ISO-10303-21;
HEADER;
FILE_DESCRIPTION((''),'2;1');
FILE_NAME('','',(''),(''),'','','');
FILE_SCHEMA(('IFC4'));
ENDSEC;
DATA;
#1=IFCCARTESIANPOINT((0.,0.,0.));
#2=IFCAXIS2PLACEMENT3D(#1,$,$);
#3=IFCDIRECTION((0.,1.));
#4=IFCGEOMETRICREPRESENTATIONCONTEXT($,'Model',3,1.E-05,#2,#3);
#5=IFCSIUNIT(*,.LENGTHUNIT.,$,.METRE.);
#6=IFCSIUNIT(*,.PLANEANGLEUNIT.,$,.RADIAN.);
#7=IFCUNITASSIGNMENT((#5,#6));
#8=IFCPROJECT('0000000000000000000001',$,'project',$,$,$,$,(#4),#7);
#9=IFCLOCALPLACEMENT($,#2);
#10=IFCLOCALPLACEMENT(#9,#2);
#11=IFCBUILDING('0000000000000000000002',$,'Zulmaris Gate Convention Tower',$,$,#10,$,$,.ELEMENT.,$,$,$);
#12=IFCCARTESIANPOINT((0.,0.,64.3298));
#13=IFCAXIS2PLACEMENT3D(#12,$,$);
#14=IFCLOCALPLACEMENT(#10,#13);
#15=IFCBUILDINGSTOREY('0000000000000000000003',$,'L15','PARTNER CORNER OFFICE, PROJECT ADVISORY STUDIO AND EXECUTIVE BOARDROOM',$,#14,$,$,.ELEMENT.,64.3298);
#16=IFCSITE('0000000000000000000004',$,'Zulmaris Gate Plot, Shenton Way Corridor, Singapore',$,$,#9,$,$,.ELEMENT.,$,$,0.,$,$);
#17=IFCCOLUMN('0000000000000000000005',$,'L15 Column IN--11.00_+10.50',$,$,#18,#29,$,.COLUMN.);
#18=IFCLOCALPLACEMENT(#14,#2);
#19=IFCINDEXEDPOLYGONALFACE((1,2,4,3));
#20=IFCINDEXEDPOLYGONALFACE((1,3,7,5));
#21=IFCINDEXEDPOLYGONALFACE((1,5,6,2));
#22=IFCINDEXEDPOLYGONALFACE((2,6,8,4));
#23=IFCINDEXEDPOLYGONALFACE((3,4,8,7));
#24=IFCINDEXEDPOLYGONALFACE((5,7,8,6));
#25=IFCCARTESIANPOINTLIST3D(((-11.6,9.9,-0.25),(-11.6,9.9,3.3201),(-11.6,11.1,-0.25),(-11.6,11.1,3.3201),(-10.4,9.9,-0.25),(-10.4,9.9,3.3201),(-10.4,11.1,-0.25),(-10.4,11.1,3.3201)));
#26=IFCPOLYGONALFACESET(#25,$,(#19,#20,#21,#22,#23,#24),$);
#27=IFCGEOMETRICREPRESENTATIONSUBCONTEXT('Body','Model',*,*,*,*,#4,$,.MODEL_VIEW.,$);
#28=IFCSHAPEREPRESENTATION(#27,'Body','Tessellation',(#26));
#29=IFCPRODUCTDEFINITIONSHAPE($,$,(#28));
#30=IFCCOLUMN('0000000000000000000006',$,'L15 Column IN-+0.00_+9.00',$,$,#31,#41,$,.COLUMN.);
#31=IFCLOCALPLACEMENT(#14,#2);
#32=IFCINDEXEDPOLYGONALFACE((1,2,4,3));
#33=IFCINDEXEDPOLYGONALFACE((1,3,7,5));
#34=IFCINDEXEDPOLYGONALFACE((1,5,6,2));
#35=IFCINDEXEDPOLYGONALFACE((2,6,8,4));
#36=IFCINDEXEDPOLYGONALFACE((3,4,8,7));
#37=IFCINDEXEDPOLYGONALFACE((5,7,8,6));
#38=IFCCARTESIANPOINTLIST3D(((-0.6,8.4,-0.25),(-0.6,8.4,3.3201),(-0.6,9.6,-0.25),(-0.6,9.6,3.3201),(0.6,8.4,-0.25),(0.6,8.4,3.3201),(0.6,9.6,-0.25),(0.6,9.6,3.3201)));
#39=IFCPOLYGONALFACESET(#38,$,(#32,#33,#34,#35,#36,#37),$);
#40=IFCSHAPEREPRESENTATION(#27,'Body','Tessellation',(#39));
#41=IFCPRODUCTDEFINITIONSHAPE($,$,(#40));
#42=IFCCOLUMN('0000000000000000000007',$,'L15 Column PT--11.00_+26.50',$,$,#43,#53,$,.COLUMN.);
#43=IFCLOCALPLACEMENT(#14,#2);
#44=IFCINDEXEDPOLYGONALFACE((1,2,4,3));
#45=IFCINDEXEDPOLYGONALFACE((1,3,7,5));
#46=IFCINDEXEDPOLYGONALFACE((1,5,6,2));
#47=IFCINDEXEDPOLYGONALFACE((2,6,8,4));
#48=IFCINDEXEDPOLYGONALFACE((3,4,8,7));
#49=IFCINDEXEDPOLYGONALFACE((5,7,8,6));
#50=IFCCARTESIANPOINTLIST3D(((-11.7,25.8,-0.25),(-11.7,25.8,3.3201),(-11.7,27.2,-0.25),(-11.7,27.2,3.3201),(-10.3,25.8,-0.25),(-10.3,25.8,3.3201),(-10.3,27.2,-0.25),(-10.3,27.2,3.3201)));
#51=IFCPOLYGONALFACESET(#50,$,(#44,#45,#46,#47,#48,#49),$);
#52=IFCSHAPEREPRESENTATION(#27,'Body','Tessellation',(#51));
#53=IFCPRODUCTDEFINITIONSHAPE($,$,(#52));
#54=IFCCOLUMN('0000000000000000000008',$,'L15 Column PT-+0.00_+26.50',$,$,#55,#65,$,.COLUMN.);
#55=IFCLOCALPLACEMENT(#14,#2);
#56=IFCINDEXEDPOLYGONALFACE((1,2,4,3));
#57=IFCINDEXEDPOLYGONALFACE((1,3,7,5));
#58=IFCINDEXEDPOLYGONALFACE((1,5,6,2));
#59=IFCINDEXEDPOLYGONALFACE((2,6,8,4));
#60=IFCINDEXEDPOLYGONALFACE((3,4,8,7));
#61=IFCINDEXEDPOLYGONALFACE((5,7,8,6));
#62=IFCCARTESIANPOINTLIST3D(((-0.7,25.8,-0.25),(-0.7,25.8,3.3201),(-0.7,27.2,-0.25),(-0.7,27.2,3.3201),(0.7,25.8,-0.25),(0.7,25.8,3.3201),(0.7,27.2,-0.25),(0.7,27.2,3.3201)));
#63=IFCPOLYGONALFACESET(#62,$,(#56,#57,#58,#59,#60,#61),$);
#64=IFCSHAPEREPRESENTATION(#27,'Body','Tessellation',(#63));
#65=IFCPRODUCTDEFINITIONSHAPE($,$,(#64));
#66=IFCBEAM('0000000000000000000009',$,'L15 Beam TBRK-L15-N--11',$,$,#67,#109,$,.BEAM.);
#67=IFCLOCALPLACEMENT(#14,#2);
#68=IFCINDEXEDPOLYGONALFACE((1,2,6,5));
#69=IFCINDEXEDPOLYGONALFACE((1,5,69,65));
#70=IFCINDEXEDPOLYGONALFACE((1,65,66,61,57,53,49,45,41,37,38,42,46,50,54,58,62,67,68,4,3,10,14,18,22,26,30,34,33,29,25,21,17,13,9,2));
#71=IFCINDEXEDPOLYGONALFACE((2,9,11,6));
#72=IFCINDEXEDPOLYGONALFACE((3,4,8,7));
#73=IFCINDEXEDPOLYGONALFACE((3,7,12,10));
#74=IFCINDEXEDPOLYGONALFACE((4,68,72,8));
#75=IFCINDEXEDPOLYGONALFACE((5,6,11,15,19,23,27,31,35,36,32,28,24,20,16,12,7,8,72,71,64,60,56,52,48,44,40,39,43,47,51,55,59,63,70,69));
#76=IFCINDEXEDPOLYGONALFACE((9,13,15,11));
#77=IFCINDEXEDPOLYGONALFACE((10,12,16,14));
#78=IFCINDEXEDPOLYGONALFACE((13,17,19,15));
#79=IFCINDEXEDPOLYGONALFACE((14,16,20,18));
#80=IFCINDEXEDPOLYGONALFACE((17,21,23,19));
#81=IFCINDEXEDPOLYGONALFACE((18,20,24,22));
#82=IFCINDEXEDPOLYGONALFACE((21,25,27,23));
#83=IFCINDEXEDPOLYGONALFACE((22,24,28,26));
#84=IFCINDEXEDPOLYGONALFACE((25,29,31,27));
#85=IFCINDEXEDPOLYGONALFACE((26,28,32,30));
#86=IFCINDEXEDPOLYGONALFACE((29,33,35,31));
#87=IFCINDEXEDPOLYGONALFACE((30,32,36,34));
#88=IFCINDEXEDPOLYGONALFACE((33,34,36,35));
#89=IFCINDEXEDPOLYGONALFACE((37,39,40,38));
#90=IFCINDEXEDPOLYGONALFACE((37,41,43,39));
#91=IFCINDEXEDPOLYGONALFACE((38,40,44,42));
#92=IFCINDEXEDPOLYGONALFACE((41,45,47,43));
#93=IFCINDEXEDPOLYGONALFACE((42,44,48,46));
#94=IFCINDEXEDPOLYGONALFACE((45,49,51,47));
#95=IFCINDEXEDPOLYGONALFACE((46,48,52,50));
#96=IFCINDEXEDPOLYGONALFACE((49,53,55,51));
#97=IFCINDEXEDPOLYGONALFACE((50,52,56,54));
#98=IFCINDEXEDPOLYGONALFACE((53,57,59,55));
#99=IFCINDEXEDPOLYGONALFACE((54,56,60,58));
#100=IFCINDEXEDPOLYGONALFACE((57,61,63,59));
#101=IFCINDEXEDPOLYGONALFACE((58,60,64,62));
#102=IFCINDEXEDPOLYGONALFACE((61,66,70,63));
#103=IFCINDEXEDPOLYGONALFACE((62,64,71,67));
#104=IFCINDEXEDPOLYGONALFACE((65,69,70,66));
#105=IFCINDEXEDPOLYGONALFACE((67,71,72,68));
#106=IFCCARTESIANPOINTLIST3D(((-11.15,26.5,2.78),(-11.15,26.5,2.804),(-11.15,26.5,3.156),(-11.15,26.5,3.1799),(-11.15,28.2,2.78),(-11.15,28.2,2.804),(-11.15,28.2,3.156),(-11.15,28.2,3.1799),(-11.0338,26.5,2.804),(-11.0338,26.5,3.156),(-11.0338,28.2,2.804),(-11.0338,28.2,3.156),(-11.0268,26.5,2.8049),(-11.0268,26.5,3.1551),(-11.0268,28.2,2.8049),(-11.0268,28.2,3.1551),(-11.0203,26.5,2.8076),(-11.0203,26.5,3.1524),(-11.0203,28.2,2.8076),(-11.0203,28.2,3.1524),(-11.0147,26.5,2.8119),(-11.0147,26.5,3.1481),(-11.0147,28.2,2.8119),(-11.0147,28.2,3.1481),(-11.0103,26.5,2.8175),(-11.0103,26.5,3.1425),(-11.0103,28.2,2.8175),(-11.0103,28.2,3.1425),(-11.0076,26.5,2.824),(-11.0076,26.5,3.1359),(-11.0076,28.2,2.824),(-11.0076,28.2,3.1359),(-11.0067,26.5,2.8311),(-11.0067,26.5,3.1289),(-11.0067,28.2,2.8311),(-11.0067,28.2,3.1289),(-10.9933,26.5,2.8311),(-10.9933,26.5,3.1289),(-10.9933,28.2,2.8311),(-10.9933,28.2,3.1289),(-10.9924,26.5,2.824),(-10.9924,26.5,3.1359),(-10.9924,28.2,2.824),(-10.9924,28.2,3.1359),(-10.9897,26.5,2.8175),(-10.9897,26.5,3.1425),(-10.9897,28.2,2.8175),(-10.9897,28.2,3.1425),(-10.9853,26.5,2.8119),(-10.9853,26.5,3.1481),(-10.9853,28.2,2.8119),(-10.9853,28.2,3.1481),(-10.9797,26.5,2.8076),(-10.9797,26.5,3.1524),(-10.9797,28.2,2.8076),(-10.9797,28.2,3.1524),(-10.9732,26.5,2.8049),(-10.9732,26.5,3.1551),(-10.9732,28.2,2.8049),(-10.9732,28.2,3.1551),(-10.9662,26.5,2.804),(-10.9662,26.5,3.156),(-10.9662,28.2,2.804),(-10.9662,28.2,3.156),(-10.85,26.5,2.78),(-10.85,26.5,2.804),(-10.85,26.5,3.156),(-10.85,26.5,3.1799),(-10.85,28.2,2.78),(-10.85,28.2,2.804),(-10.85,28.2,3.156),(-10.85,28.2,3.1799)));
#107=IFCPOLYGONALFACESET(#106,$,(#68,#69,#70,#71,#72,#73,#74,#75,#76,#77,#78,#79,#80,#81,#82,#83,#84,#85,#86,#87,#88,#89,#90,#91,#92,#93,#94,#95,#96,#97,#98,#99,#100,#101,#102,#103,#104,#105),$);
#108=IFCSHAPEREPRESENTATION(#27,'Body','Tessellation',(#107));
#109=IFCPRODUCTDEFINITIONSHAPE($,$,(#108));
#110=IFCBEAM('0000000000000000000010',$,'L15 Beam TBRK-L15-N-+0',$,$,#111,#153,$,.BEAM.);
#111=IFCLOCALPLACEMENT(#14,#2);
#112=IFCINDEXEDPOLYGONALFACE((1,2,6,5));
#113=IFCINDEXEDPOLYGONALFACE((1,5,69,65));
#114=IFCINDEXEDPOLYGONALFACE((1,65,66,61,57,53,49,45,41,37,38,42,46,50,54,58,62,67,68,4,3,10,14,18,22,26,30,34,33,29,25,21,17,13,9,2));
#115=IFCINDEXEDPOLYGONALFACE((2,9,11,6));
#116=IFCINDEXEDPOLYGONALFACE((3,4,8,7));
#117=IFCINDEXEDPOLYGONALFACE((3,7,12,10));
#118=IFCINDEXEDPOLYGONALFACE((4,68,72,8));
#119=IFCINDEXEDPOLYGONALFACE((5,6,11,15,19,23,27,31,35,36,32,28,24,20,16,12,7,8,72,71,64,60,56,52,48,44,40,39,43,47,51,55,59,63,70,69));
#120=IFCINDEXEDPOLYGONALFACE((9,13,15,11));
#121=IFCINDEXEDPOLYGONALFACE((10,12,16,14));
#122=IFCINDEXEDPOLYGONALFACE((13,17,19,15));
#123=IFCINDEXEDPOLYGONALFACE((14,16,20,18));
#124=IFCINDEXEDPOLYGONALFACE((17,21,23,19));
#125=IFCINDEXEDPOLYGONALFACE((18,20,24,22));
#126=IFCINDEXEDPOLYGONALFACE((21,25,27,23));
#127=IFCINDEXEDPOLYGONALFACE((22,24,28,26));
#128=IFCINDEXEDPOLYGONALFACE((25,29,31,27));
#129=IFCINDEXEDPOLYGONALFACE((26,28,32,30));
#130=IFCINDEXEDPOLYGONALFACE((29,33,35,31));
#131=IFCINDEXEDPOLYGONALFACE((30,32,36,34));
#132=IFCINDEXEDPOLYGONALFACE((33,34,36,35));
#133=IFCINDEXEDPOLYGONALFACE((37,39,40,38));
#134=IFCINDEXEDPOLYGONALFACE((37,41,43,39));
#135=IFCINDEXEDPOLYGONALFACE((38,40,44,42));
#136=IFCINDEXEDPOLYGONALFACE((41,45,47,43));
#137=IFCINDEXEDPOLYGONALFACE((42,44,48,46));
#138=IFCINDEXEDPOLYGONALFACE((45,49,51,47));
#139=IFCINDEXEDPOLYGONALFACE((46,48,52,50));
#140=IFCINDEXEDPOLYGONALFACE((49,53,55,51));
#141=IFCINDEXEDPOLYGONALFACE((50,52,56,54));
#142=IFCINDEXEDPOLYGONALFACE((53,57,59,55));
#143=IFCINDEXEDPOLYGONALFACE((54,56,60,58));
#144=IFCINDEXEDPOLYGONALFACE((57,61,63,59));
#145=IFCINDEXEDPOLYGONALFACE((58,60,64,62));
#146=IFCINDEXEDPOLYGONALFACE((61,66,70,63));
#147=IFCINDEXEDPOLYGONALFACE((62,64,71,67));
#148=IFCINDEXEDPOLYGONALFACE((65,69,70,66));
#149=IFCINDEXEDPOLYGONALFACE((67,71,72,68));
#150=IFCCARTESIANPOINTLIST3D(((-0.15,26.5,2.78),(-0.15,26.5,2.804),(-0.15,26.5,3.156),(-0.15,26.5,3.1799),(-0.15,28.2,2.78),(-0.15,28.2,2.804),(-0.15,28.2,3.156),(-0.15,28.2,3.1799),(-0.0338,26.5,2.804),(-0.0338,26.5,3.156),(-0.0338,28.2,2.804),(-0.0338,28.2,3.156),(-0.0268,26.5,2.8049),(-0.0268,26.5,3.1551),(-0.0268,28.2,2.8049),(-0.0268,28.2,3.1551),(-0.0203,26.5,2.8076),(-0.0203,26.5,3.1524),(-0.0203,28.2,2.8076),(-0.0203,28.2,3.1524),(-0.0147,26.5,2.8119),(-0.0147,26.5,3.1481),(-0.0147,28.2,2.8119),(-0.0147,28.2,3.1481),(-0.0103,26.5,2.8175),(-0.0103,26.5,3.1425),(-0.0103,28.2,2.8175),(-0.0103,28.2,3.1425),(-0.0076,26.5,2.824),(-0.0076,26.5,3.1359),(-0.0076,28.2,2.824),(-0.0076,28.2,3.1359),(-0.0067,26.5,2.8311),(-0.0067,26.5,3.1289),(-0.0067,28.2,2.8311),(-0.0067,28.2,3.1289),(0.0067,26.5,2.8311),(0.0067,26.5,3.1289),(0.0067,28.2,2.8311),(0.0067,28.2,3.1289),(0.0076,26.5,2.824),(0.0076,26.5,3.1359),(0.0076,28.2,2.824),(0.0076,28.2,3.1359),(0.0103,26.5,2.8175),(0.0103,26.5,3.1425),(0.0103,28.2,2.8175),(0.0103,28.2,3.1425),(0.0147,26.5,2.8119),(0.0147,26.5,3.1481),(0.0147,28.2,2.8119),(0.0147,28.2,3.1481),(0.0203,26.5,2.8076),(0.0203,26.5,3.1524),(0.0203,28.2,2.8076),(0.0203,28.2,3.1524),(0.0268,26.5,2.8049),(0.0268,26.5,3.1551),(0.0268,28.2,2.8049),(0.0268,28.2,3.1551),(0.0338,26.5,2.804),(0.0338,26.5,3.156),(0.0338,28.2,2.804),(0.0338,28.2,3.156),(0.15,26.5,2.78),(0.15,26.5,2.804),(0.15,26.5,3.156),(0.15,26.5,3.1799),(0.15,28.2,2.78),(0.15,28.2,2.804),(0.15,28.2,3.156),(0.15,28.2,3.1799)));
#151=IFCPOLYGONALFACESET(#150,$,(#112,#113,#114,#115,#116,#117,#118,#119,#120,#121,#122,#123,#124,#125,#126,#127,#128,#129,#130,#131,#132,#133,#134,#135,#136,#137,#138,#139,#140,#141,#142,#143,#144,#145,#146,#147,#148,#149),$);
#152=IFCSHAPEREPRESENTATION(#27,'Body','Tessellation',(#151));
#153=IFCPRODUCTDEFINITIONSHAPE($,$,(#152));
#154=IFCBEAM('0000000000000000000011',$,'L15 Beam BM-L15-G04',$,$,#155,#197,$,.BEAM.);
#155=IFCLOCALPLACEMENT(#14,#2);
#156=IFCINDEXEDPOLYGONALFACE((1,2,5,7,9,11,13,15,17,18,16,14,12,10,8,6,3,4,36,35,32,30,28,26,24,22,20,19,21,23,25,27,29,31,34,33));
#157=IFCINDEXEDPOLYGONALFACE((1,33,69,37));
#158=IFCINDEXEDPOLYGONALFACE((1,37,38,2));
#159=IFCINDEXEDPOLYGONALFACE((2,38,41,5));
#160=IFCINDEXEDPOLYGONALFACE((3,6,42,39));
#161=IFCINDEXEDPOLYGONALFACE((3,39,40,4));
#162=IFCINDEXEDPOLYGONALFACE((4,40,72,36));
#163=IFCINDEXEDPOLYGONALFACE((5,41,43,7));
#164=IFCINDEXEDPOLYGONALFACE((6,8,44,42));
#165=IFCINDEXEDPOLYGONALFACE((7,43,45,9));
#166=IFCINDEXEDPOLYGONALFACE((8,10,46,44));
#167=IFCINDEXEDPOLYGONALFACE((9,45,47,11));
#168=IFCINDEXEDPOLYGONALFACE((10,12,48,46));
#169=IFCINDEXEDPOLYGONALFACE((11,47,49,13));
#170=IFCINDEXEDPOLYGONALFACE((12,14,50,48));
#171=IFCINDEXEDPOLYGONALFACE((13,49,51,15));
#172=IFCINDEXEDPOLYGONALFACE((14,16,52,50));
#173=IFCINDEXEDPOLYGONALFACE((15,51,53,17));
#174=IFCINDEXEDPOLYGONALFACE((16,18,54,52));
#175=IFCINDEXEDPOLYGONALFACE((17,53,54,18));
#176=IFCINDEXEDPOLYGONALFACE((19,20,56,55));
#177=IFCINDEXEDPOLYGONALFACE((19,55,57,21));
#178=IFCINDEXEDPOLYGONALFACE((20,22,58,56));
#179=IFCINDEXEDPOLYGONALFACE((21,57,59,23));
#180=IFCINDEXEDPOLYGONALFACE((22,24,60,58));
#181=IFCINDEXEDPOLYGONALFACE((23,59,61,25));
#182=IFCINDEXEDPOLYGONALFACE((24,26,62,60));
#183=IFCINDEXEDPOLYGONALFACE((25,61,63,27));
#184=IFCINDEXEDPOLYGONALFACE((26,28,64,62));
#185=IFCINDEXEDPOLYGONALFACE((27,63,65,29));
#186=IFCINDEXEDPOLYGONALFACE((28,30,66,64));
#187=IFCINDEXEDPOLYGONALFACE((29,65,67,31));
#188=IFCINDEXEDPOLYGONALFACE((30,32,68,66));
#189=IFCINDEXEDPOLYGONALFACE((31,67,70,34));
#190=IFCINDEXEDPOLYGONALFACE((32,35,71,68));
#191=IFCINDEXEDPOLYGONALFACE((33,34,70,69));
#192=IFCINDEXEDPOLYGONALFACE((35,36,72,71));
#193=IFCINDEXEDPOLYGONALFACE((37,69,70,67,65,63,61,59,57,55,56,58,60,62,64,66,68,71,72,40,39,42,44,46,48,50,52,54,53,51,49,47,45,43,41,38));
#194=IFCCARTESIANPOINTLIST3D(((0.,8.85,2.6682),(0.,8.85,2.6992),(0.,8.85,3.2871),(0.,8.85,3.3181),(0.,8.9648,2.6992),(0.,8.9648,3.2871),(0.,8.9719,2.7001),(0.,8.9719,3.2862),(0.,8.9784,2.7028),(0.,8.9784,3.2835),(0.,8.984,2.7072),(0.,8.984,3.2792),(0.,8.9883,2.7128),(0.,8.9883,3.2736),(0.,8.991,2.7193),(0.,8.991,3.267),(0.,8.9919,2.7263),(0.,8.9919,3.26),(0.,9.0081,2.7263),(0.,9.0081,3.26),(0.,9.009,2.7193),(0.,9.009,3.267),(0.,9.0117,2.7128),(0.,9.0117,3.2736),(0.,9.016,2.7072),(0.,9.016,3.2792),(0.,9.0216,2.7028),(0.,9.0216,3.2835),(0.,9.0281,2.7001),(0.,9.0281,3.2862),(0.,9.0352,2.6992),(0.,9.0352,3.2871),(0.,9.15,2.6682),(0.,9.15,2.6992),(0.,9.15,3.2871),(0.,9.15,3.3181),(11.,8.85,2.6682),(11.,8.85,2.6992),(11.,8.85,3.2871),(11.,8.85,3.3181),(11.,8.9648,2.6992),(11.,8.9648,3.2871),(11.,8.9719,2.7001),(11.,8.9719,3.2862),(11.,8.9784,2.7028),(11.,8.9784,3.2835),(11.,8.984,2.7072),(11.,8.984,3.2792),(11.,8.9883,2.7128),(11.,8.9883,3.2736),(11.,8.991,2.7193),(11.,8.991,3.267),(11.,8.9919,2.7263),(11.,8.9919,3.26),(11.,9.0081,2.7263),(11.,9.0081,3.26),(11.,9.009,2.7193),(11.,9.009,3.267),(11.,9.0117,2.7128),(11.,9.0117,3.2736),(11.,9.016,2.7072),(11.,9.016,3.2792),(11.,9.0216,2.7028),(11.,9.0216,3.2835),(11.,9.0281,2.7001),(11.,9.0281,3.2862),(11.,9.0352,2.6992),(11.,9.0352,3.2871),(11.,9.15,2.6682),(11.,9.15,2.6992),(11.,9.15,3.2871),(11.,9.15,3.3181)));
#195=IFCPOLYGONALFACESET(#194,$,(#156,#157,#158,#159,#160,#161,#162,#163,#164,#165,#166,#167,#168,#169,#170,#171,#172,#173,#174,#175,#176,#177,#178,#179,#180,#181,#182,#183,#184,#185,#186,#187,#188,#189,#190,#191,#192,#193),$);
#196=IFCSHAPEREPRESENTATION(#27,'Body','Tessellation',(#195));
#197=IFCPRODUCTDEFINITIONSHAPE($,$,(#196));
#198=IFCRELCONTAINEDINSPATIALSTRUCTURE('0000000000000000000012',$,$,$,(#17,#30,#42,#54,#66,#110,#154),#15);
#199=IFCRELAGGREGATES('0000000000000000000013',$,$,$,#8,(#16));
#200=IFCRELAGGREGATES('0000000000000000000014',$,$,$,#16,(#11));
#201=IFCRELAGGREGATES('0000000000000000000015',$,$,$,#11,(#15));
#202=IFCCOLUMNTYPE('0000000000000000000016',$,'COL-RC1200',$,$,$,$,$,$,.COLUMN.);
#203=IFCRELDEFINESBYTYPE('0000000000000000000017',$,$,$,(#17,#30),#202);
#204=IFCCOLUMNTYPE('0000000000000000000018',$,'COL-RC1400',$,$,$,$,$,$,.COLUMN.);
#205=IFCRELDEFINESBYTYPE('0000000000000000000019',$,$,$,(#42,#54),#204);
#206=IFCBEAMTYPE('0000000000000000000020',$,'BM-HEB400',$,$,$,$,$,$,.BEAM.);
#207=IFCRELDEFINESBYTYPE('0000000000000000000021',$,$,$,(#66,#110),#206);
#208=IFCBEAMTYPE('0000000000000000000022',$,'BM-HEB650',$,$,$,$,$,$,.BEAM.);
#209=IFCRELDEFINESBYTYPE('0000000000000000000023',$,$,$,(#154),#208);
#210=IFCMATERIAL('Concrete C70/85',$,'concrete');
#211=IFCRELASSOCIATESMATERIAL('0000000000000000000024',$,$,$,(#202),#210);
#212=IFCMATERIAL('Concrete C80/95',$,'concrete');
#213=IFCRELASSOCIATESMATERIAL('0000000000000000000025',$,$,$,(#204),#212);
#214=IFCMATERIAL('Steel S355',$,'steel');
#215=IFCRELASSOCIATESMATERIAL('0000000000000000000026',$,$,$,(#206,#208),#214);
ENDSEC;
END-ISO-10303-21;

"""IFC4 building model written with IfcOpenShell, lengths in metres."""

from ifc_helpers import new_model, si_unit, direction, frame, origin, origin_2d, place, context, subcontext, project, spatial, rectangle, i_section, extrude, material, material_profile, profile_set, type_object, element, save


model = new_model("IFC4")

# Units and contexts
model_context = context("Model", 3, precision=1e-05, world=origin(), true_north=direction((0.0, 1.0)))
body_context = subcontext(model_context, "Body", "Model", "MODEL_VIEW")
ifc_project = project(units=[si_unit("LENGTHUNIT", "METRE"), si_unit("PLANEANGLEUNIT", "RADIAN")], contexts=[model_context])

# Site, building, storey
site_placement = place(None, origin())
site = spatial("IfcSite", under=ifc_project, at=site_placement, Name="Zulmaris Gate Plot, Shenton Way Corridor, Singapore", CompositionType="ELEMENT", RefElevation=0.0)
building_placement = place(site_placement, origin())
building = spatial("IfcBuilding", under=site, at=building_placement, Name="Zulmaris Gate Convention Tower", CompositionType="ELEMENT")
storey_placement = place(building_placement, frame((0.0, 0.0, 64.3298)))
storey = spatial("IfcBuildingStorey", under=building, at=storey_placement, Name="L15", Description="PARTNER CORNER OFFICE, PROJECT ADVISORY STUDIO AND EXECUTIVE BOARDROOM", CompositionType="ELEMENT", Elevation=64.3298)

# Columns
ifc_material_1 = material(Name="Concrete C70/85", Category="concrete")
ifc_material_profile_1 = material_profile(ifc_material_1, rectangle(XDim=1.2, YDim=1.2, at=origin_2d()), Name="RC COL 1200x1200")
ifc_profile_set_1 = profile_set([ifc_material_profile_1], Name="Concrete C70/85")
column_type_1 = type_object("IfcColumnType", Name="COL-RC1200", PredefinedType="COLUMN", material=ifc_profile_set_1)
for number, where, z_axis, x_axis, name in (
    (1, (-11.0, 10.5, -0.25), (0.0, 0.0, 1.0), (1.0, 0.0, 0.0), "L15 Column IN--11.00_+10.50"),
    (2, (0.0, 9.0, -0.25), (0.0, 0.0, 1.0), (1.0, 0.0, 0.0), "L15 Column IN-+0.00_+9.00"),
):
    element("IfcColumn", number, at=place(storey_placement, frame(where, z_axis=z_axis, x_axis=x_axis)), inside=storey, type_object=column_type_1, Name=name, PredefinedType="COLUMN", context=body_context, shape_type="SweptSolid", body=[
        extrude(rectangle(XDim=1.2, YDim=1.2, at=origin_2d()), origin(), (0.0, 0.0, 1.0), 3.5701),
    ])
ifc_material_2 = material(Name="Concrete C80/95", Category="concrete")
ifc_material_profile_2 = material_profile(ifc_material_2, rectangle(XDim=1.3999, YDim=1.3999, at=origin_2d()), Name="RC COL 1400x1400")
ifc_profile_set_2 = profile_set([ifc_material_profile_2], Name="Concrete C80/95")
column_type_2 = type_object("IfcColumnType", Name="COL-RC1400", PredefinedType="COLUMN", material=ifc_profile_set_2)
for number, where, z_axis, x_axis, name in (
    (3, (-11.0, 26.5, -0.25), (0.0, 0.0, 1.0), (1.0, 0.0, 0.0), "L15 Column PT--11.00_+26.50"),
    (4, (0.0, 26.5, -0.25), (0.0, 0.0, 1.0), (1.0, 0.0, 0.0), "L15 Column PT-+0.00_+26.50"),
):
    element("IfcColumn", number, at=place(storey_placement, frame(where, z_axis=z_axis, x_axis=x_axis)), inside=storey, type_object=column_type_2, Name=name, PredefinedType="COLUMN", context=body_context, shape_type="SweptSolid", body=[
        extrude(rectangle(XDim=1.3999, YDim=1.3999, at=origin_2d()), origin(), (0.0, 0.0, 1.0), 3.5701),
    ])

# Beams
ifc_material_3 = material(Name="Steel S355", Category="steel")
ifc_material_profile_3 = material_profile(ifc_material_3, i_section(OverallWidth=0.3, OverallDepth=0.3999, WebThickness=0.0134, FlangeThickness=0.0239, FilletRadius=0.0271, at=origin_2d()), Name="HEB 400")
ifc_profile_set_3 = profile_set([ifc_material_profile_3], Name="Steel S355")
beam_type_1 = type_object("IfcBeamType", Name="BM-HEB400", PredefinedType="BEAM", material=ifc_profile_set_3)
for number, where, z_axis, x_axis, name in (
    (5, (-11.0, 26.5, 2.98), (0.0, 1.0, 0.0), (-1.0, 0.0, 0.0), "L15 Beam TBRK-L15-N--11"),
    (6, (0.0, 26.5, 2.98), (0.0, 1.0, 0.0), (-1.0, 0.0, 0.0), "L15 Beam TBRK-L15-N-+0"),
):
    element("IfcBeam", number, at=place(storey_placement, frame(where, z_axis=z_axis, x_axis=x_axis)), inside=storey, type_object=beam_type_1, Name=name, PredefinedType="BEAM", context=body_context, shape_type="SweptSolid", body=[
        extrude(i_section(OverallWidth=0.3, OverallDepth=0.3999, WebThickness=0.0134, FlangeThickness=0.0239, FilletRadius=0.0271, at=origin_2d()), origin(), (0.0, 0.0, 1.0), 1.7),
    ])
ifc_material_profile_4 = material_profile(ifc_material_3, i_section(OverallWidth=0.3, OverallDepth=0.6499, WebThickness=0.0161, FlangeThickness=0.031, FilletRadius=0.0271, at=origin_2d()), Name="HEB 650")
ifc_profile_set_4 = profile_set([ifc_material_profile_4], Name="Steel S355")
beam_type_2 = type_object("IfcBeamType", Name="BM-HEB650", PredefinedType="BEAM", material=ifc_profile_set_4)
beam_1_placement = place(storey_placement, frame((0.0, 9.0, 2.9932), z_axis=(1.0, 0.0, 0.0), x_axis=(0.0, 1.0, 0.0)))
element("IfcBeam", 7, at=beam_1_placement, inside=storey, type_object=beam_type_2, Name="L15 Beam BM-L15-G04", PredefinedType="BEAM", context=body_context, shape_type="SweptSolid", body=[
    extrude(i_section(OverallWidth=0.3, OverallDepth=0.6499, WebThickness=0.0161, FlangeThickness=0.031, FilletRadius=0.0271, at=origin_2d()), origin(), (0.0, 0.0, 1.0), 11.0),
])

save(model, "model.ifc")
